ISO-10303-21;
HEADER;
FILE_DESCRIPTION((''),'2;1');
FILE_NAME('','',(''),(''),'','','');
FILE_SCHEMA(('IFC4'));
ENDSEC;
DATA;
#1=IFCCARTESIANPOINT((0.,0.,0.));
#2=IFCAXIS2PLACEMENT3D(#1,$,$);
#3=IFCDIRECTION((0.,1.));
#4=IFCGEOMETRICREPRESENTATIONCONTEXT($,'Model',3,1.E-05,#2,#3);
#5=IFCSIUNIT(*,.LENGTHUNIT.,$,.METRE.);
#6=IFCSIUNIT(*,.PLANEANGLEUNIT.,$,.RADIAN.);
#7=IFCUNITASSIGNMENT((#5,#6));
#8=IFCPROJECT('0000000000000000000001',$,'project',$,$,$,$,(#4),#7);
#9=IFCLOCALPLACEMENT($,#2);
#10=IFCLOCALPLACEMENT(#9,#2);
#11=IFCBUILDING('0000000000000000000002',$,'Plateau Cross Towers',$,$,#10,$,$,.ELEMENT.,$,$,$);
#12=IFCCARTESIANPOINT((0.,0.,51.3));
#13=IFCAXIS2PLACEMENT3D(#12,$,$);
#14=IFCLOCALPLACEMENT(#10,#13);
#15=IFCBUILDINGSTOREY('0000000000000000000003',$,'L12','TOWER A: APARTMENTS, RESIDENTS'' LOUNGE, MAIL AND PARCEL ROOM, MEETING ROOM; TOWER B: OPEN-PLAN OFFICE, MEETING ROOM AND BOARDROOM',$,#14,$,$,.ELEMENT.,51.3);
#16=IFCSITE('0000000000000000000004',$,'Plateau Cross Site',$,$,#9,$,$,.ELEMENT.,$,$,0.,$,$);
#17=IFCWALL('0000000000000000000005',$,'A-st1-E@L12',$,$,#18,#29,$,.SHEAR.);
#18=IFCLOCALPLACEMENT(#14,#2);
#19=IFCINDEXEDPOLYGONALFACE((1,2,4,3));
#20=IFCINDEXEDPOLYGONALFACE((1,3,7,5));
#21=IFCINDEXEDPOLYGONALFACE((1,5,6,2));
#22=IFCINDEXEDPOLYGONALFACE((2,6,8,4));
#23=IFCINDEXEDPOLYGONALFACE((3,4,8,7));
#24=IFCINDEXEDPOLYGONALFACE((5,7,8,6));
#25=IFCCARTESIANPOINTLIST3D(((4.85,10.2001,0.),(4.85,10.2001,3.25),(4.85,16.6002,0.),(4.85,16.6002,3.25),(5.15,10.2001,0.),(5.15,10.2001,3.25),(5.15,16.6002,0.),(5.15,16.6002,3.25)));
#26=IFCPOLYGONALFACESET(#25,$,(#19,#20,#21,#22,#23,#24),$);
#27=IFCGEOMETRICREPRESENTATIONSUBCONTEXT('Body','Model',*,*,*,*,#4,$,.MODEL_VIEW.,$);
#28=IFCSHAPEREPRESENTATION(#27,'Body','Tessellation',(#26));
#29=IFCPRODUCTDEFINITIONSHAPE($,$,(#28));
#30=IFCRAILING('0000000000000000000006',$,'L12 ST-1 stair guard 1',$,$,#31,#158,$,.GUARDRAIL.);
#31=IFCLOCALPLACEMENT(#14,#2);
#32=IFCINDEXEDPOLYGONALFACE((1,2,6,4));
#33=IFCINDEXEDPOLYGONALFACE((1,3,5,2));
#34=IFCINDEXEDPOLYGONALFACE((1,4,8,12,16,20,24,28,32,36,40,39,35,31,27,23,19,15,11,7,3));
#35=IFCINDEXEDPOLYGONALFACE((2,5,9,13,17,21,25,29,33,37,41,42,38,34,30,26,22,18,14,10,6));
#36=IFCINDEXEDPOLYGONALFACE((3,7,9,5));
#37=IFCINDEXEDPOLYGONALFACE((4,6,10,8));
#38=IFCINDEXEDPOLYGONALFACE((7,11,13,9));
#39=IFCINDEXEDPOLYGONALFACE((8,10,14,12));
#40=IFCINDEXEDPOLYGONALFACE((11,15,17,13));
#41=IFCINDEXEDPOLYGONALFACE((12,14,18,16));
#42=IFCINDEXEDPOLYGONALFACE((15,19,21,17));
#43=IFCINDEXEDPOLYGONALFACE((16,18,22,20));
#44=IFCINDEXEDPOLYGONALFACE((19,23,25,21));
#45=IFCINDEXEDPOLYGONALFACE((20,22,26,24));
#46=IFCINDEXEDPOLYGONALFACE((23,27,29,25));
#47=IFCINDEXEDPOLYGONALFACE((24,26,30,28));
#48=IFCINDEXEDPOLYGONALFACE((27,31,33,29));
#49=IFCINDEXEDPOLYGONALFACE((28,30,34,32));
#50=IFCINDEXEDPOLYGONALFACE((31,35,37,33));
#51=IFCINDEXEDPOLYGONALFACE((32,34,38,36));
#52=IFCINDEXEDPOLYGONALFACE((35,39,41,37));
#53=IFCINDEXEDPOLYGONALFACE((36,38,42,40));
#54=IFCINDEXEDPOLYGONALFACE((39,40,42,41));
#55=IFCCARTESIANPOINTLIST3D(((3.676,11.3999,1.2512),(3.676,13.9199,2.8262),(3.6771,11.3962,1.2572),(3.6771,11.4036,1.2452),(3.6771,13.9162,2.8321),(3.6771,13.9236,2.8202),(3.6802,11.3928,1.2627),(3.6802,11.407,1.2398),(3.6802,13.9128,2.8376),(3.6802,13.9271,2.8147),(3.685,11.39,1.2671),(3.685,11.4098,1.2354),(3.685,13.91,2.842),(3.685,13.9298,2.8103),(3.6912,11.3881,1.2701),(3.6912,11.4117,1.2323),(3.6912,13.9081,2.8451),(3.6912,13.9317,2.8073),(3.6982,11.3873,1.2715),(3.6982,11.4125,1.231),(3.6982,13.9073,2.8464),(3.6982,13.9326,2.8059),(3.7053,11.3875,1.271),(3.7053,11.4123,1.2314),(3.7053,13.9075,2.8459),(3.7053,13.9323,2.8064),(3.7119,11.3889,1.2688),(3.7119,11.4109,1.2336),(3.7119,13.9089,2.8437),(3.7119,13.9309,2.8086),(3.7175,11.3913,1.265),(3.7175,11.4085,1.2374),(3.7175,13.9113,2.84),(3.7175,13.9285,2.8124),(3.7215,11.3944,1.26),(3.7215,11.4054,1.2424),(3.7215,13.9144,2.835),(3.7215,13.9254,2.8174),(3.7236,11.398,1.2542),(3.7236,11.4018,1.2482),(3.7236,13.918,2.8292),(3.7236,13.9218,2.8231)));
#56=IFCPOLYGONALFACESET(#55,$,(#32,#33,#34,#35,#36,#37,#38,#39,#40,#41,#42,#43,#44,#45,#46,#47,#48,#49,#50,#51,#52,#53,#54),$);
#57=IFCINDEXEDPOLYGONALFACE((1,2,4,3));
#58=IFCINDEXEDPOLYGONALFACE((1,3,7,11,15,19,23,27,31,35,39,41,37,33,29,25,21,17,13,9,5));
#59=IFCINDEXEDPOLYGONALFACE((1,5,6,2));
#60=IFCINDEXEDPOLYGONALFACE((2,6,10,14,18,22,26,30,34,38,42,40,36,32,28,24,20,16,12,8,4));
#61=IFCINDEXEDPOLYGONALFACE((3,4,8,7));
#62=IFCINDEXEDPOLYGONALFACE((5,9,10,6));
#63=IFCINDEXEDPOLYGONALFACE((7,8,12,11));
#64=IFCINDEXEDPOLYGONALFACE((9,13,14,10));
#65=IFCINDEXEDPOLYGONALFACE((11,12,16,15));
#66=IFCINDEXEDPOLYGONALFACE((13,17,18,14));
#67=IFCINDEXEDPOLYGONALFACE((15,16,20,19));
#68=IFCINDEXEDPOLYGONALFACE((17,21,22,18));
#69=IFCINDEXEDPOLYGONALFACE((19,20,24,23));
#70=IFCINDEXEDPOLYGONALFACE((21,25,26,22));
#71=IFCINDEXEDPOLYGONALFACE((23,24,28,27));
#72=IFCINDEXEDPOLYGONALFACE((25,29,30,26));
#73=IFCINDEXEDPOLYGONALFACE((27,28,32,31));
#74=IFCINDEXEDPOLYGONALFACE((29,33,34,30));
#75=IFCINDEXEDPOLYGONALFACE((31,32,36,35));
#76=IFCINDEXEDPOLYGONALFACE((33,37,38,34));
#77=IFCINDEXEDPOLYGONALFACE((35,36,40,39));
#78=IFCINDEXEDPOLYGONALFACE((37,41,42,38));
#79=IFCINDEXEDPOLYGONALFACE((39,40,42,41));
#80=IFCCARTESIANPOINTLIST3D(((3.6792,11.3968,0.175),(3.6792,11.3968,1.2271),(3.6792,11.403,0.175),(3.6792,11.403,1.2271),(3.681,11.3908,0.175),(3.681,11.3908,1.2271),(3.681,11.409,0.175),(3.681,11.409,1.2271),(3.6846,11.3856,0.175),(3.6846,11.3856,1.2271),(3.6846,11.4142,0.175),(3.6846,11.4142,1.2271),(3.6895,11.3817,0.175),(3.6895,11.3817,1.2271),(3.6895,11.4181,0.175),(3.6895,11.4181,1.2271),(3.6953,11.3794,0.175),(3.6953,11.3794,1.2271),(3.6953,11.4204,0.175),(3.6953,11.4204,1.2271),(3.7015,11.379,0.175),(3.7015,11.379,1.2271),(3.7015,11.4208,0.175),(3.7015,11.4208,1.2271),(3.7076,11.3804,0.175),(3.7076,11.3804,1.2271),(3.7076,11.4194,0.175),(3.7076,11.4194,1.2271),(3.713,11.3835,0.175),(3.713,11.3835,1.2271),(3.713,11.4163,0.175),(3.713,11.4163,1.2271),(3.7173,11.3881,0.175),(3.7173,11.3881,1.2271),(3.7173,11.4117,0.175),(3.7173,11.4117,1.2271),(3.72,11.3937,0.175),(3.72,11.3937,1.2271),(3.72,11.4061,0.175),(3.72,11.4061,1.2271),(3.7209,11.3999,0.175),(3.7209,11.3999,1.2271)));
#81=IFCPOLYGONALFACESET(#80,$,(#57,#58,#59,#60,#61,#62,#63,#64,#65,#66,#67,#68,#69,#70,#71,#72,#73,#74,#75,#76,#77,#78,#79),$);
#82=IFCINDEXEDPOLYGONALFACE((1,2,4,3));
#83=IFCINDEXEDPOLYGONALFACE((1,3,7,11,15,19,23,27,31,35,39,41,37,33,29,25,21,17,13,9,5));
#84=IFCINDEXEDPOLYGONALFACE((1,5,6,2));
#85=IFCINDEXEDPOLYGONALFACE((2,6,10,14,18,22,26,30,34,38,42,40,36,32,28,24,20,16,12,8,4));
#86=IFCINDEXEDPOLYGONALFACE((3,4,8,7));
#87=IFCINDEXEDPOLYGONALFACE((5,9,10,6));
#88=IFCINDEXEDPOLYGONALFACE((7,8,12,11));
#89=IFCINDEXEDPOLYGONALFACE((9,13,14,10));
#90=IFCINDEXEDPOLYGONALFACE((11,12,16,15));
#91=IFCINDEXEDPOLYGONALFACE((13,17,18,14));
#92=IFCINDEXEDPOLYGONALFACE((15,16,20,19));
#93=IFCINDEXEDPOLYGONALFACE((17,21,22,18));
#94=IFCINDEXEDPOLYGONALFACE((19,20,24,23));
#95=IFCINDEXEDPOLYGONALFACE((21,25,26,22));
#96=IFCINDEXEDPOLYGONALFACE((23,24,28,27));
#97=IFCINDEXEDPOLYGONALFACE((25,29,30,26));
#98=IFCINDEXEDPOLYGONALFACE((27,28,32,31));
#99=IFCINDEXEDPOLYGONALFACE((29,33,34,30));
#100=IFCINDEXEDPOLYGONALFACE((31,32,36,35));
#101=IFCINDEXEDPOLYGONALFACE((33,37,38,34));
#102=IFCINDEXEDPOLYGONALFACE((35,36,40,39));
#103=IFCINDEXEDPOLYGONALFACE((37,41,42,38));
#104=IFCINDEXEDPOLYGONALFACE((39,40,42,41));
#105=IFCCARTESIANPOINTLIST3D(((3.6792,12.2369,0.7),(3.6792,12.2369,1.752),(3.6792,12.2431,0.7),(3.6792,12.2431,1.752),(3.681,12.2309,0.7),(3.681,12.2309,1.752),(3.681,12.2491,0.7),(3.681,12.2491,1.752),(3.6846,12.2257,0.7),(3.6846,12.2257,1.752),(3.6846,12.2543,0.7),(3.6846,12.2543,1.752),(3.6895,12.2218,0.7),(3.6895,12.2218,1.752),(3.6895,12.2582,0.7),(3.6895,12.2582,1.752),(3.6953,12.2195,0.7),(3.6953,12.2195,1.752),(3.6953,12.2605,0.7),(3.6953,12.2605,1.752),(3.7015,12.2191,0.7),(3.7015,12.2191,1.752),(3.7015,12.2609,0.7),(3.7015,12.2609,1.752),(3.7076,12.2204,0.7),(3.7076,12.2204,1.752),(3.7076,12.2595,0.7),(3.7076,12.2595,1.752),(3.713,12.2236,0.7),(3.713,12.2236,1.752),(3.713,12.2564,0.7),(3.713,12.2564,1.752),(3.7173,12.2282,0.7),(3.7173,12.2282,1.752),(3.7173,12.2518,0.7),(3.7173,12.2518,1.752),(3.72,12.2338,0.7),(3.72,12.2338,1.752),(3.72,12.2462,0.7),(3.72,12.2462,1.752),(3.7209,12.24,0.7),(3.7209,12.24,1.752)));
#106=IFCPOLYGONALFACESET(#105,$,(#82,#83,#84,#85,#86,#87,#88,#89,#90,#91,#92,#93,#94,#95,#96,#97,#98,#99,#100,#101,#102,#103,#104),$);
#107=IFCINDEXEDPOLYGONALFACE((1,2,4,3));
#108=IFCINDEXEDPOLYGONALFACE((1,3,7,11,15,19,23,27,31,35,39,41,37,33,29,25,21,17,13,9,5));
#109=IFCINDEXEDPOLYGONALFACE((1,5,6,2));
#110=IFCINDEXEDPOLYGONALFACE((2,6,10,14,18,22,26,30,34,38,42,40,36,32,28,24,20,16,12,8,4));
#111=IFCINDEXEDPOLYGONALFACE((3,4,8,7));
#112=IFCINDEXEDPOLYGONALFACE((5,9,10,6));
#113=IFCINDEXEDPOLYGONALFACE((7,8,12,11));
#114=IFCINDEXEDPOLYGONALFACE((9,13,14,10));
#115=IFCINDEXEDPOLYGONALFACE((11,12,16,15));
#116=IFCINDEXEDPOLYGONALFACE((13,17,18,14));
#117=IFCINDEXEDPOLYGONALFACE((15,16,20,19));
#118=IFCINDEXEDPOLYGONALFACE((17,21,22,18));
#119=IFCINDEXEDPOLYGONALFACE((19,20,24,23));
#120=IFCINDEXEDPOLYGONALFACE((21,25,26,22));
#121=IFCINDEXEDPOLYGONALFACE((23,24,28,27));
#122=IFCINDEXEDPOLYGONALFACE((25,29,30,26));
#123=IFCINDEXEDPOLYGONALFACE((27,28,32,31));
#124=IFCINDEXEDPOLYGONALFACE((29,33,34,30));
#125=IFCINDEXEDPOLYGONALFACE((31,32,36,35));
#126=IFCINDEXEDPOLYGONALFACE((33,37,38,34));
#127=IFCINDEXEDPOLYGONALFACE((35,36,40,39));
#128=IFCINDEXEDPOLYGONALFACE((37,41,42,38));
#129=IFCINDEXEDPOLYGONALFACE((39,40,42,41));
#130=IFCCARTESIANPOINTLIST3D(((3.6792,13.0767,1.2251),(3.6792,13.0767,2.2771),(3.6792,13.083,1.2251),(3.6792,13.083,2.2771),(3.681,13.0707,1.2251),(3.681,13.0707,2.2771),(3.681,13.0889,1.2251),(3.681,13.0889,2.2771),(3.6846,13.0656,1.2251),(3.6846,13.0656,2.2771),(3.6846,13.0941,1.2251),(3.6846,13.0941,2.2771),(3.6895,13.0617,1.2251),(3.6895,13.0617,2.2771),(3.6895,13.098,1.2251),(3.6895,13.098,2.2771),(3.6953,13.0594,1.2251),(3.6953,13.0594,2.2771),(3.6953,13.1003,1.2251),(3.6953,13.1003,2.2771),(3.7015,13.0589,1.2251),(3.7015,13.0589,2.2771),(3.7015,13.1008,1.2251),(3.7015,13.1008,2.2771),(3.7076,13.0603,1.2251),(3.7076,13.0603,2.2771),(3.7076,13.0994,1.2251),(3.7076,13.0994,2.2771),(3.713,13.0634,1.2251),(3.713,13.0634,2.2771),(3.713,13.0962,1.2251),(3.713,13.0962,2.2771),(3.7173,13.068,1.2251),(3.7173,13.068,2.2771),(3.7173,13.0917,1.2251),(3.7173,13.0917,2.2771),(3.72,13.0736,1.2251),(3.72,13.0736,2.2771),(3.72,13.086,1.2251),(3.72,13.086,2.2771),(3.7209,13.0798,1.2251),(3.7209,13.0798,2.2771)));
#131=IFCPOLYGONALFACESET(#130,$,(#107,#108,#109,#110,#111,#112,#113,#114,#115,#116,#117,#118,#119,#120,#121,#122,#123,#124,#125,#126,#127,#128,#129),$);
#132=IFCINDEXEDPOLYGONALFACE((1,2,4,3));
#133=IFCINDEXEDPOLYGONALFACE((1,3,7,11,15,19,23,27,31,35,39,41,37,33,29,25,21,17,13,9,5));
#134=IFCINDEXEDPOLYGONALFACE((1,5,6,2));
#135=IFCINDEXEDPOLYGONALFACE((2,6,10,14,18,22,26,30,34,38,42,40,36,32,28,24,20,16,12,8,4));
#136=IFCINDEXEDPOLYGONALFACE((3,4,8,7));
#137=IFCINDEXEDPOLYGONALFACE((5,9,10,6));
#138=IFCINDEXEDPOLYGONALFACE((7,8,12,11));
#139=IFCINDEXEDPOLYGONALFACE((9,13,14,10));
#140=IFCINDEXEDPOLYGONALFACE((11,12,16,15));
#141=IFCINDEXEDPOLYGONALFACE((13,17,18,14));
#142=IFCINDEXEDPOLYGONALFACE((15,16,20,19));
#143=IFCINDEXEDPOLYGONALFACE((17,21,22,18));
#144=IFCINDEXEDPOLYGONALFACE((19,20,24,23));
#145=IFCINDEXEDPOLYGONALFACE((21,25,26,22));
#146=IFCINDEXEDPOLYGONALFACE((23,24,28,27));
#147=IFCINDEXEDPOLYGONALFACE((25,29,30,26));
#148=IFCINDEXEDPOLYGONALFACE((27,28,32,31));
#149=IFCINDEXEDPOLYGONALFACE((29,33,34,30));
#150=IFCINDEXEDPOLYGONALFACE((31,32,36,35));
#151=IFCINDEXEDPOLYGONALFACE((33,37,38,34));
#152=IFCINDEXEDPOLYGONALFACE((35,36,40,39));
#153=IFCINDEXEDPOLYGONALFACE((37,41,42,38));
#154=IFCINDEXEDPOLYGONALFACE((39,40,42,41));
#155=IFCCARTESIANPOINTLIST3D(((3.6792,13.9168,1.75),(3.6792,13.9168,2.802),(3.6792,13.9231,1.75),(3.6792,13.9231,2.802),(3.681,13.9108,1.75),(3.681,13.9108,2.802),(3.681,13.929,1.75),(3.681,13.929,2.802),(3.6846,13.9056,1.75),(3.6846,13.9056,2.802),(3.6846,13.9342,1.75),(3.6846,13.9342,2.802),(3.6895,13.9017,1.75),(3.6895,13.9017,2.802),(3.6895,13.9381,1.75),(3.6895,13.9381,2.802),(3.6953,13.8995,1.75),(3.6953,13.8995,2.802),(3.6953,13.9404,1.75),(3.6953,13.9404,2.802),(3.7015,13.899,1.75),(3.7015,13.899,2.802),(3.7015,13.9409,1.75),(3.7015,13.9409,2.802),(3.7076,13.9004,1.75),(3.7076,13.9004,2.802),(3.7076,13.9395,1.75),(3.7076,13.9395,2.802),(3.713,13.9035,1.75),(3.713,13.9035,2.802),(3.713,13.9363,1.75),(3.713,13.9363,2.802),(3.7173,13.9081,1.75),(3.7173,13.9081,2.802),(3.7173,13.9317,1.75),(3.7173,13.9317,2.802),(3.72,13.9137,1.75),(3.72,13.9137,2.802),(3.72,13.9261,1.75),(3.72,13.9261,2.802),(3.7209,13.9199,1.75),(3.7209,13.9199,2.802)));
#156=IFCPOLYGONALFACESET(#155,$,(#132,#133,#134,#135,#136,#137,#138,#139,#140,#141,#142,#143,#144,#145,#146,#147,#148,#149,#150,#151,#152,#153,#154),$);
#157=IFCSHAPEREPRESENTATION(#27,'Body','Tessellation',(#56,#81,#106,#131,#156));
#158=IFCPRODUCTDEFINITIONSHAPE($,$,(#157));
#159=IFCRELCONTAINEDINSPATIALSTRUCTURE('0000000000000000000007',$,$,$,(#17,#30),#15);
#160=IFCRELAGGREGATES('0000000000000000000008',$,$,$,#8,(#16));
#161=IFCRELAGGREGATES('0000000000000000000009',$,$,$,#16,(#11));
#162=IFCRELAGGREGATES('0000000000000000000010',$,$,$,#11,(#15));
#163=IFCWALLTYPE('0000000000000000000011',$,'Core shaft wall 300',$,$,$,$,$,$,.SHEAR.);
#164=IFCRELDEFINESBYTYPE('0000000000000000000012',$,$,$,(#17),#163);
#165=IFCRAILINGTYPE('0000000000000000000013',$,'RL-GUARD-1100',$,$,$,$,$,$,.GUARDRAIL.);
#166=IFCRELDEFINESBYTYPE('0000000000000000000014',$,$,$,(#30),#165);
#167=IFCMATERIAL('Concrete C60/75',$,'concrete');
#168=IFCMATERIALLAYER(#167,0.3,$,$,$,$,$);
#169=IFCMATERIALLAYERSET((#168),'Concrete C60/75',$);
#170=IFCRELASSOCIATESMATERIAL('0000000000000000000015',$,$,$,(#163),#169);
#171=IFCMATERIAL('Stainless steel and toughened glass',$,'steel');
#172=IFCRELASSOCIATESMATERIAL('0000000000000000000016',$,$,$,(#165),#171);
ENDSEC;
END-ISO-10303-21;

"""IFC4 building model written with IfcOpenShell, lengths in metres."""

from ifc_helpers import new_model, si_unit, direction, frame, frame_2d, origin, origin_2d, place, context, subcontext, project, spatial, rectangle, circle, extrude, material, layer, layer_set, type_object, element, save


model = new_model("IFC4")

# Units and contexts
model_context = context("Model", 3, precision=1e-05, world=origin(), true_north=direction((0.0, 1.0)))
body_context = subcontext(model_context, "Body", "Model", "MODEL_VIEW")
ifc_project = project(units=[si_unit("LENGTHUNIT", "METRE"), si_unit("PLANEANGLEUNIT", "RADIAN")], contexts=[model_context])

# Site, building, storey
site_placement = place(None, origin())
site = spatial("IfcSite", under=ifc_project, at=site_placement, Name="Plateau Cross Site", CompositionType="ELEMENT", RefElevation=0.0)
building_placement = place(site_placement, origin())
building = spatial("IfcBuilding", under=site, at=building_placement, Name="Plateau Cross Towers", CompositionType="ELEMENT")
storey_placement = place(building_placement, frame((0.0, 0.0, 51.3)))
storey = spatial("IfcBuildingStorey", under=building, at=storey_placement, Name="L12", Description="TOWER A: APARTMENTS, RESIDENTS' LOUNGE, MAIL AND PARCEL ROOM, MEETING ROOM; TOWER B: OPEN-PLAN OFFICE, MEETING ROOM AND BOARDROOM", CompositionType="ELEMENT", Elevation=51.3)

# Shared definitions
ifc_material_1 = material(Name="Concrete C60/75", Category="concrete")
ifc_layer_1 = layer(ifc_material_1, 0.3)
ifc_layer_set_1 = layer_set([ifc_layer_1], Name="Concrete C60/75")
wall_type_1 = type_object("IfcWallType", Name="Core shaft wall 300", PredefinedType="SHEAR", material=ifc_layer_set_1)

# Wall
wall_1_placement = place(storey_placement, frame((5.0, 10.2, 0.0), z_axis=(0.0, 0.0, 1.0), x_axis=(0.0, 1.0, 0.0)))
element("IfcWall", 1, at=wall_1_placement, inside=storey, type_object=wall_type_1, Name="A-st1-E@L12", PredefinedType="SHEAR", context=body_context, shape_type="SweptSolid", body=[
    extrude(rectangle(XDim=6.4001, YDim=0.3, at=frame_2d((3.2002, 0.0))), origin(), (0.0, 0.0, 1.0), 3.25),
])

# Railing
ifc_material_2 = material(Name="Stainless steel and toughened glass", Category="steel")
railing_type = type_object("IfcRailingType", Name="RL-GUARD-1100", PredefinedType="GUARDRAIL", material=ifc_material_2)
railing_1_placement = place(storey_placement, frame((3.7, 11.3999, 0.175)))
element("IfcRailing", 2, at=railing_1_placement, inside=storey, type_object=railing_type, Name="L12 ST-1 stair guard 1", PredefinedType="GUARDRAIL", context=body_context, shape_type="SweptSolid", body=[
    extrude(circle(Radius=0.0239, at=origin_2d()), frame((0.0, 0.0, 1.0762), z_axis=(0.0, 0.848008, 0.529984), x_axis=(-1.0, 0.0, 0.0)), (0.0, 0.0, 1.0), 2.9717),
    extrude(circle(Radius=0.021, at=origin_2d()), origin(), (0.0, 0.0, 1.0), 1.052),
    extrude(circle(Radius=0.021, at=origin_2d()), frame((0.0, 0.8401, 0.5249)), (0.0, 0.0, 1.0), 1.052),
    extrude(circle(Radius=0.021, at=origin_2d()), frame((0.0, 1.6799, 1.05)), (0.0, 0.0, 1.0), 1.052),
    extrude(circle(Radius=0.021, at=origin_2d()), frame((0.0, 2.52, 1.575)), (0.0, 0.0, 1.0), 1.052),
])

save(model, "model.ifc")
